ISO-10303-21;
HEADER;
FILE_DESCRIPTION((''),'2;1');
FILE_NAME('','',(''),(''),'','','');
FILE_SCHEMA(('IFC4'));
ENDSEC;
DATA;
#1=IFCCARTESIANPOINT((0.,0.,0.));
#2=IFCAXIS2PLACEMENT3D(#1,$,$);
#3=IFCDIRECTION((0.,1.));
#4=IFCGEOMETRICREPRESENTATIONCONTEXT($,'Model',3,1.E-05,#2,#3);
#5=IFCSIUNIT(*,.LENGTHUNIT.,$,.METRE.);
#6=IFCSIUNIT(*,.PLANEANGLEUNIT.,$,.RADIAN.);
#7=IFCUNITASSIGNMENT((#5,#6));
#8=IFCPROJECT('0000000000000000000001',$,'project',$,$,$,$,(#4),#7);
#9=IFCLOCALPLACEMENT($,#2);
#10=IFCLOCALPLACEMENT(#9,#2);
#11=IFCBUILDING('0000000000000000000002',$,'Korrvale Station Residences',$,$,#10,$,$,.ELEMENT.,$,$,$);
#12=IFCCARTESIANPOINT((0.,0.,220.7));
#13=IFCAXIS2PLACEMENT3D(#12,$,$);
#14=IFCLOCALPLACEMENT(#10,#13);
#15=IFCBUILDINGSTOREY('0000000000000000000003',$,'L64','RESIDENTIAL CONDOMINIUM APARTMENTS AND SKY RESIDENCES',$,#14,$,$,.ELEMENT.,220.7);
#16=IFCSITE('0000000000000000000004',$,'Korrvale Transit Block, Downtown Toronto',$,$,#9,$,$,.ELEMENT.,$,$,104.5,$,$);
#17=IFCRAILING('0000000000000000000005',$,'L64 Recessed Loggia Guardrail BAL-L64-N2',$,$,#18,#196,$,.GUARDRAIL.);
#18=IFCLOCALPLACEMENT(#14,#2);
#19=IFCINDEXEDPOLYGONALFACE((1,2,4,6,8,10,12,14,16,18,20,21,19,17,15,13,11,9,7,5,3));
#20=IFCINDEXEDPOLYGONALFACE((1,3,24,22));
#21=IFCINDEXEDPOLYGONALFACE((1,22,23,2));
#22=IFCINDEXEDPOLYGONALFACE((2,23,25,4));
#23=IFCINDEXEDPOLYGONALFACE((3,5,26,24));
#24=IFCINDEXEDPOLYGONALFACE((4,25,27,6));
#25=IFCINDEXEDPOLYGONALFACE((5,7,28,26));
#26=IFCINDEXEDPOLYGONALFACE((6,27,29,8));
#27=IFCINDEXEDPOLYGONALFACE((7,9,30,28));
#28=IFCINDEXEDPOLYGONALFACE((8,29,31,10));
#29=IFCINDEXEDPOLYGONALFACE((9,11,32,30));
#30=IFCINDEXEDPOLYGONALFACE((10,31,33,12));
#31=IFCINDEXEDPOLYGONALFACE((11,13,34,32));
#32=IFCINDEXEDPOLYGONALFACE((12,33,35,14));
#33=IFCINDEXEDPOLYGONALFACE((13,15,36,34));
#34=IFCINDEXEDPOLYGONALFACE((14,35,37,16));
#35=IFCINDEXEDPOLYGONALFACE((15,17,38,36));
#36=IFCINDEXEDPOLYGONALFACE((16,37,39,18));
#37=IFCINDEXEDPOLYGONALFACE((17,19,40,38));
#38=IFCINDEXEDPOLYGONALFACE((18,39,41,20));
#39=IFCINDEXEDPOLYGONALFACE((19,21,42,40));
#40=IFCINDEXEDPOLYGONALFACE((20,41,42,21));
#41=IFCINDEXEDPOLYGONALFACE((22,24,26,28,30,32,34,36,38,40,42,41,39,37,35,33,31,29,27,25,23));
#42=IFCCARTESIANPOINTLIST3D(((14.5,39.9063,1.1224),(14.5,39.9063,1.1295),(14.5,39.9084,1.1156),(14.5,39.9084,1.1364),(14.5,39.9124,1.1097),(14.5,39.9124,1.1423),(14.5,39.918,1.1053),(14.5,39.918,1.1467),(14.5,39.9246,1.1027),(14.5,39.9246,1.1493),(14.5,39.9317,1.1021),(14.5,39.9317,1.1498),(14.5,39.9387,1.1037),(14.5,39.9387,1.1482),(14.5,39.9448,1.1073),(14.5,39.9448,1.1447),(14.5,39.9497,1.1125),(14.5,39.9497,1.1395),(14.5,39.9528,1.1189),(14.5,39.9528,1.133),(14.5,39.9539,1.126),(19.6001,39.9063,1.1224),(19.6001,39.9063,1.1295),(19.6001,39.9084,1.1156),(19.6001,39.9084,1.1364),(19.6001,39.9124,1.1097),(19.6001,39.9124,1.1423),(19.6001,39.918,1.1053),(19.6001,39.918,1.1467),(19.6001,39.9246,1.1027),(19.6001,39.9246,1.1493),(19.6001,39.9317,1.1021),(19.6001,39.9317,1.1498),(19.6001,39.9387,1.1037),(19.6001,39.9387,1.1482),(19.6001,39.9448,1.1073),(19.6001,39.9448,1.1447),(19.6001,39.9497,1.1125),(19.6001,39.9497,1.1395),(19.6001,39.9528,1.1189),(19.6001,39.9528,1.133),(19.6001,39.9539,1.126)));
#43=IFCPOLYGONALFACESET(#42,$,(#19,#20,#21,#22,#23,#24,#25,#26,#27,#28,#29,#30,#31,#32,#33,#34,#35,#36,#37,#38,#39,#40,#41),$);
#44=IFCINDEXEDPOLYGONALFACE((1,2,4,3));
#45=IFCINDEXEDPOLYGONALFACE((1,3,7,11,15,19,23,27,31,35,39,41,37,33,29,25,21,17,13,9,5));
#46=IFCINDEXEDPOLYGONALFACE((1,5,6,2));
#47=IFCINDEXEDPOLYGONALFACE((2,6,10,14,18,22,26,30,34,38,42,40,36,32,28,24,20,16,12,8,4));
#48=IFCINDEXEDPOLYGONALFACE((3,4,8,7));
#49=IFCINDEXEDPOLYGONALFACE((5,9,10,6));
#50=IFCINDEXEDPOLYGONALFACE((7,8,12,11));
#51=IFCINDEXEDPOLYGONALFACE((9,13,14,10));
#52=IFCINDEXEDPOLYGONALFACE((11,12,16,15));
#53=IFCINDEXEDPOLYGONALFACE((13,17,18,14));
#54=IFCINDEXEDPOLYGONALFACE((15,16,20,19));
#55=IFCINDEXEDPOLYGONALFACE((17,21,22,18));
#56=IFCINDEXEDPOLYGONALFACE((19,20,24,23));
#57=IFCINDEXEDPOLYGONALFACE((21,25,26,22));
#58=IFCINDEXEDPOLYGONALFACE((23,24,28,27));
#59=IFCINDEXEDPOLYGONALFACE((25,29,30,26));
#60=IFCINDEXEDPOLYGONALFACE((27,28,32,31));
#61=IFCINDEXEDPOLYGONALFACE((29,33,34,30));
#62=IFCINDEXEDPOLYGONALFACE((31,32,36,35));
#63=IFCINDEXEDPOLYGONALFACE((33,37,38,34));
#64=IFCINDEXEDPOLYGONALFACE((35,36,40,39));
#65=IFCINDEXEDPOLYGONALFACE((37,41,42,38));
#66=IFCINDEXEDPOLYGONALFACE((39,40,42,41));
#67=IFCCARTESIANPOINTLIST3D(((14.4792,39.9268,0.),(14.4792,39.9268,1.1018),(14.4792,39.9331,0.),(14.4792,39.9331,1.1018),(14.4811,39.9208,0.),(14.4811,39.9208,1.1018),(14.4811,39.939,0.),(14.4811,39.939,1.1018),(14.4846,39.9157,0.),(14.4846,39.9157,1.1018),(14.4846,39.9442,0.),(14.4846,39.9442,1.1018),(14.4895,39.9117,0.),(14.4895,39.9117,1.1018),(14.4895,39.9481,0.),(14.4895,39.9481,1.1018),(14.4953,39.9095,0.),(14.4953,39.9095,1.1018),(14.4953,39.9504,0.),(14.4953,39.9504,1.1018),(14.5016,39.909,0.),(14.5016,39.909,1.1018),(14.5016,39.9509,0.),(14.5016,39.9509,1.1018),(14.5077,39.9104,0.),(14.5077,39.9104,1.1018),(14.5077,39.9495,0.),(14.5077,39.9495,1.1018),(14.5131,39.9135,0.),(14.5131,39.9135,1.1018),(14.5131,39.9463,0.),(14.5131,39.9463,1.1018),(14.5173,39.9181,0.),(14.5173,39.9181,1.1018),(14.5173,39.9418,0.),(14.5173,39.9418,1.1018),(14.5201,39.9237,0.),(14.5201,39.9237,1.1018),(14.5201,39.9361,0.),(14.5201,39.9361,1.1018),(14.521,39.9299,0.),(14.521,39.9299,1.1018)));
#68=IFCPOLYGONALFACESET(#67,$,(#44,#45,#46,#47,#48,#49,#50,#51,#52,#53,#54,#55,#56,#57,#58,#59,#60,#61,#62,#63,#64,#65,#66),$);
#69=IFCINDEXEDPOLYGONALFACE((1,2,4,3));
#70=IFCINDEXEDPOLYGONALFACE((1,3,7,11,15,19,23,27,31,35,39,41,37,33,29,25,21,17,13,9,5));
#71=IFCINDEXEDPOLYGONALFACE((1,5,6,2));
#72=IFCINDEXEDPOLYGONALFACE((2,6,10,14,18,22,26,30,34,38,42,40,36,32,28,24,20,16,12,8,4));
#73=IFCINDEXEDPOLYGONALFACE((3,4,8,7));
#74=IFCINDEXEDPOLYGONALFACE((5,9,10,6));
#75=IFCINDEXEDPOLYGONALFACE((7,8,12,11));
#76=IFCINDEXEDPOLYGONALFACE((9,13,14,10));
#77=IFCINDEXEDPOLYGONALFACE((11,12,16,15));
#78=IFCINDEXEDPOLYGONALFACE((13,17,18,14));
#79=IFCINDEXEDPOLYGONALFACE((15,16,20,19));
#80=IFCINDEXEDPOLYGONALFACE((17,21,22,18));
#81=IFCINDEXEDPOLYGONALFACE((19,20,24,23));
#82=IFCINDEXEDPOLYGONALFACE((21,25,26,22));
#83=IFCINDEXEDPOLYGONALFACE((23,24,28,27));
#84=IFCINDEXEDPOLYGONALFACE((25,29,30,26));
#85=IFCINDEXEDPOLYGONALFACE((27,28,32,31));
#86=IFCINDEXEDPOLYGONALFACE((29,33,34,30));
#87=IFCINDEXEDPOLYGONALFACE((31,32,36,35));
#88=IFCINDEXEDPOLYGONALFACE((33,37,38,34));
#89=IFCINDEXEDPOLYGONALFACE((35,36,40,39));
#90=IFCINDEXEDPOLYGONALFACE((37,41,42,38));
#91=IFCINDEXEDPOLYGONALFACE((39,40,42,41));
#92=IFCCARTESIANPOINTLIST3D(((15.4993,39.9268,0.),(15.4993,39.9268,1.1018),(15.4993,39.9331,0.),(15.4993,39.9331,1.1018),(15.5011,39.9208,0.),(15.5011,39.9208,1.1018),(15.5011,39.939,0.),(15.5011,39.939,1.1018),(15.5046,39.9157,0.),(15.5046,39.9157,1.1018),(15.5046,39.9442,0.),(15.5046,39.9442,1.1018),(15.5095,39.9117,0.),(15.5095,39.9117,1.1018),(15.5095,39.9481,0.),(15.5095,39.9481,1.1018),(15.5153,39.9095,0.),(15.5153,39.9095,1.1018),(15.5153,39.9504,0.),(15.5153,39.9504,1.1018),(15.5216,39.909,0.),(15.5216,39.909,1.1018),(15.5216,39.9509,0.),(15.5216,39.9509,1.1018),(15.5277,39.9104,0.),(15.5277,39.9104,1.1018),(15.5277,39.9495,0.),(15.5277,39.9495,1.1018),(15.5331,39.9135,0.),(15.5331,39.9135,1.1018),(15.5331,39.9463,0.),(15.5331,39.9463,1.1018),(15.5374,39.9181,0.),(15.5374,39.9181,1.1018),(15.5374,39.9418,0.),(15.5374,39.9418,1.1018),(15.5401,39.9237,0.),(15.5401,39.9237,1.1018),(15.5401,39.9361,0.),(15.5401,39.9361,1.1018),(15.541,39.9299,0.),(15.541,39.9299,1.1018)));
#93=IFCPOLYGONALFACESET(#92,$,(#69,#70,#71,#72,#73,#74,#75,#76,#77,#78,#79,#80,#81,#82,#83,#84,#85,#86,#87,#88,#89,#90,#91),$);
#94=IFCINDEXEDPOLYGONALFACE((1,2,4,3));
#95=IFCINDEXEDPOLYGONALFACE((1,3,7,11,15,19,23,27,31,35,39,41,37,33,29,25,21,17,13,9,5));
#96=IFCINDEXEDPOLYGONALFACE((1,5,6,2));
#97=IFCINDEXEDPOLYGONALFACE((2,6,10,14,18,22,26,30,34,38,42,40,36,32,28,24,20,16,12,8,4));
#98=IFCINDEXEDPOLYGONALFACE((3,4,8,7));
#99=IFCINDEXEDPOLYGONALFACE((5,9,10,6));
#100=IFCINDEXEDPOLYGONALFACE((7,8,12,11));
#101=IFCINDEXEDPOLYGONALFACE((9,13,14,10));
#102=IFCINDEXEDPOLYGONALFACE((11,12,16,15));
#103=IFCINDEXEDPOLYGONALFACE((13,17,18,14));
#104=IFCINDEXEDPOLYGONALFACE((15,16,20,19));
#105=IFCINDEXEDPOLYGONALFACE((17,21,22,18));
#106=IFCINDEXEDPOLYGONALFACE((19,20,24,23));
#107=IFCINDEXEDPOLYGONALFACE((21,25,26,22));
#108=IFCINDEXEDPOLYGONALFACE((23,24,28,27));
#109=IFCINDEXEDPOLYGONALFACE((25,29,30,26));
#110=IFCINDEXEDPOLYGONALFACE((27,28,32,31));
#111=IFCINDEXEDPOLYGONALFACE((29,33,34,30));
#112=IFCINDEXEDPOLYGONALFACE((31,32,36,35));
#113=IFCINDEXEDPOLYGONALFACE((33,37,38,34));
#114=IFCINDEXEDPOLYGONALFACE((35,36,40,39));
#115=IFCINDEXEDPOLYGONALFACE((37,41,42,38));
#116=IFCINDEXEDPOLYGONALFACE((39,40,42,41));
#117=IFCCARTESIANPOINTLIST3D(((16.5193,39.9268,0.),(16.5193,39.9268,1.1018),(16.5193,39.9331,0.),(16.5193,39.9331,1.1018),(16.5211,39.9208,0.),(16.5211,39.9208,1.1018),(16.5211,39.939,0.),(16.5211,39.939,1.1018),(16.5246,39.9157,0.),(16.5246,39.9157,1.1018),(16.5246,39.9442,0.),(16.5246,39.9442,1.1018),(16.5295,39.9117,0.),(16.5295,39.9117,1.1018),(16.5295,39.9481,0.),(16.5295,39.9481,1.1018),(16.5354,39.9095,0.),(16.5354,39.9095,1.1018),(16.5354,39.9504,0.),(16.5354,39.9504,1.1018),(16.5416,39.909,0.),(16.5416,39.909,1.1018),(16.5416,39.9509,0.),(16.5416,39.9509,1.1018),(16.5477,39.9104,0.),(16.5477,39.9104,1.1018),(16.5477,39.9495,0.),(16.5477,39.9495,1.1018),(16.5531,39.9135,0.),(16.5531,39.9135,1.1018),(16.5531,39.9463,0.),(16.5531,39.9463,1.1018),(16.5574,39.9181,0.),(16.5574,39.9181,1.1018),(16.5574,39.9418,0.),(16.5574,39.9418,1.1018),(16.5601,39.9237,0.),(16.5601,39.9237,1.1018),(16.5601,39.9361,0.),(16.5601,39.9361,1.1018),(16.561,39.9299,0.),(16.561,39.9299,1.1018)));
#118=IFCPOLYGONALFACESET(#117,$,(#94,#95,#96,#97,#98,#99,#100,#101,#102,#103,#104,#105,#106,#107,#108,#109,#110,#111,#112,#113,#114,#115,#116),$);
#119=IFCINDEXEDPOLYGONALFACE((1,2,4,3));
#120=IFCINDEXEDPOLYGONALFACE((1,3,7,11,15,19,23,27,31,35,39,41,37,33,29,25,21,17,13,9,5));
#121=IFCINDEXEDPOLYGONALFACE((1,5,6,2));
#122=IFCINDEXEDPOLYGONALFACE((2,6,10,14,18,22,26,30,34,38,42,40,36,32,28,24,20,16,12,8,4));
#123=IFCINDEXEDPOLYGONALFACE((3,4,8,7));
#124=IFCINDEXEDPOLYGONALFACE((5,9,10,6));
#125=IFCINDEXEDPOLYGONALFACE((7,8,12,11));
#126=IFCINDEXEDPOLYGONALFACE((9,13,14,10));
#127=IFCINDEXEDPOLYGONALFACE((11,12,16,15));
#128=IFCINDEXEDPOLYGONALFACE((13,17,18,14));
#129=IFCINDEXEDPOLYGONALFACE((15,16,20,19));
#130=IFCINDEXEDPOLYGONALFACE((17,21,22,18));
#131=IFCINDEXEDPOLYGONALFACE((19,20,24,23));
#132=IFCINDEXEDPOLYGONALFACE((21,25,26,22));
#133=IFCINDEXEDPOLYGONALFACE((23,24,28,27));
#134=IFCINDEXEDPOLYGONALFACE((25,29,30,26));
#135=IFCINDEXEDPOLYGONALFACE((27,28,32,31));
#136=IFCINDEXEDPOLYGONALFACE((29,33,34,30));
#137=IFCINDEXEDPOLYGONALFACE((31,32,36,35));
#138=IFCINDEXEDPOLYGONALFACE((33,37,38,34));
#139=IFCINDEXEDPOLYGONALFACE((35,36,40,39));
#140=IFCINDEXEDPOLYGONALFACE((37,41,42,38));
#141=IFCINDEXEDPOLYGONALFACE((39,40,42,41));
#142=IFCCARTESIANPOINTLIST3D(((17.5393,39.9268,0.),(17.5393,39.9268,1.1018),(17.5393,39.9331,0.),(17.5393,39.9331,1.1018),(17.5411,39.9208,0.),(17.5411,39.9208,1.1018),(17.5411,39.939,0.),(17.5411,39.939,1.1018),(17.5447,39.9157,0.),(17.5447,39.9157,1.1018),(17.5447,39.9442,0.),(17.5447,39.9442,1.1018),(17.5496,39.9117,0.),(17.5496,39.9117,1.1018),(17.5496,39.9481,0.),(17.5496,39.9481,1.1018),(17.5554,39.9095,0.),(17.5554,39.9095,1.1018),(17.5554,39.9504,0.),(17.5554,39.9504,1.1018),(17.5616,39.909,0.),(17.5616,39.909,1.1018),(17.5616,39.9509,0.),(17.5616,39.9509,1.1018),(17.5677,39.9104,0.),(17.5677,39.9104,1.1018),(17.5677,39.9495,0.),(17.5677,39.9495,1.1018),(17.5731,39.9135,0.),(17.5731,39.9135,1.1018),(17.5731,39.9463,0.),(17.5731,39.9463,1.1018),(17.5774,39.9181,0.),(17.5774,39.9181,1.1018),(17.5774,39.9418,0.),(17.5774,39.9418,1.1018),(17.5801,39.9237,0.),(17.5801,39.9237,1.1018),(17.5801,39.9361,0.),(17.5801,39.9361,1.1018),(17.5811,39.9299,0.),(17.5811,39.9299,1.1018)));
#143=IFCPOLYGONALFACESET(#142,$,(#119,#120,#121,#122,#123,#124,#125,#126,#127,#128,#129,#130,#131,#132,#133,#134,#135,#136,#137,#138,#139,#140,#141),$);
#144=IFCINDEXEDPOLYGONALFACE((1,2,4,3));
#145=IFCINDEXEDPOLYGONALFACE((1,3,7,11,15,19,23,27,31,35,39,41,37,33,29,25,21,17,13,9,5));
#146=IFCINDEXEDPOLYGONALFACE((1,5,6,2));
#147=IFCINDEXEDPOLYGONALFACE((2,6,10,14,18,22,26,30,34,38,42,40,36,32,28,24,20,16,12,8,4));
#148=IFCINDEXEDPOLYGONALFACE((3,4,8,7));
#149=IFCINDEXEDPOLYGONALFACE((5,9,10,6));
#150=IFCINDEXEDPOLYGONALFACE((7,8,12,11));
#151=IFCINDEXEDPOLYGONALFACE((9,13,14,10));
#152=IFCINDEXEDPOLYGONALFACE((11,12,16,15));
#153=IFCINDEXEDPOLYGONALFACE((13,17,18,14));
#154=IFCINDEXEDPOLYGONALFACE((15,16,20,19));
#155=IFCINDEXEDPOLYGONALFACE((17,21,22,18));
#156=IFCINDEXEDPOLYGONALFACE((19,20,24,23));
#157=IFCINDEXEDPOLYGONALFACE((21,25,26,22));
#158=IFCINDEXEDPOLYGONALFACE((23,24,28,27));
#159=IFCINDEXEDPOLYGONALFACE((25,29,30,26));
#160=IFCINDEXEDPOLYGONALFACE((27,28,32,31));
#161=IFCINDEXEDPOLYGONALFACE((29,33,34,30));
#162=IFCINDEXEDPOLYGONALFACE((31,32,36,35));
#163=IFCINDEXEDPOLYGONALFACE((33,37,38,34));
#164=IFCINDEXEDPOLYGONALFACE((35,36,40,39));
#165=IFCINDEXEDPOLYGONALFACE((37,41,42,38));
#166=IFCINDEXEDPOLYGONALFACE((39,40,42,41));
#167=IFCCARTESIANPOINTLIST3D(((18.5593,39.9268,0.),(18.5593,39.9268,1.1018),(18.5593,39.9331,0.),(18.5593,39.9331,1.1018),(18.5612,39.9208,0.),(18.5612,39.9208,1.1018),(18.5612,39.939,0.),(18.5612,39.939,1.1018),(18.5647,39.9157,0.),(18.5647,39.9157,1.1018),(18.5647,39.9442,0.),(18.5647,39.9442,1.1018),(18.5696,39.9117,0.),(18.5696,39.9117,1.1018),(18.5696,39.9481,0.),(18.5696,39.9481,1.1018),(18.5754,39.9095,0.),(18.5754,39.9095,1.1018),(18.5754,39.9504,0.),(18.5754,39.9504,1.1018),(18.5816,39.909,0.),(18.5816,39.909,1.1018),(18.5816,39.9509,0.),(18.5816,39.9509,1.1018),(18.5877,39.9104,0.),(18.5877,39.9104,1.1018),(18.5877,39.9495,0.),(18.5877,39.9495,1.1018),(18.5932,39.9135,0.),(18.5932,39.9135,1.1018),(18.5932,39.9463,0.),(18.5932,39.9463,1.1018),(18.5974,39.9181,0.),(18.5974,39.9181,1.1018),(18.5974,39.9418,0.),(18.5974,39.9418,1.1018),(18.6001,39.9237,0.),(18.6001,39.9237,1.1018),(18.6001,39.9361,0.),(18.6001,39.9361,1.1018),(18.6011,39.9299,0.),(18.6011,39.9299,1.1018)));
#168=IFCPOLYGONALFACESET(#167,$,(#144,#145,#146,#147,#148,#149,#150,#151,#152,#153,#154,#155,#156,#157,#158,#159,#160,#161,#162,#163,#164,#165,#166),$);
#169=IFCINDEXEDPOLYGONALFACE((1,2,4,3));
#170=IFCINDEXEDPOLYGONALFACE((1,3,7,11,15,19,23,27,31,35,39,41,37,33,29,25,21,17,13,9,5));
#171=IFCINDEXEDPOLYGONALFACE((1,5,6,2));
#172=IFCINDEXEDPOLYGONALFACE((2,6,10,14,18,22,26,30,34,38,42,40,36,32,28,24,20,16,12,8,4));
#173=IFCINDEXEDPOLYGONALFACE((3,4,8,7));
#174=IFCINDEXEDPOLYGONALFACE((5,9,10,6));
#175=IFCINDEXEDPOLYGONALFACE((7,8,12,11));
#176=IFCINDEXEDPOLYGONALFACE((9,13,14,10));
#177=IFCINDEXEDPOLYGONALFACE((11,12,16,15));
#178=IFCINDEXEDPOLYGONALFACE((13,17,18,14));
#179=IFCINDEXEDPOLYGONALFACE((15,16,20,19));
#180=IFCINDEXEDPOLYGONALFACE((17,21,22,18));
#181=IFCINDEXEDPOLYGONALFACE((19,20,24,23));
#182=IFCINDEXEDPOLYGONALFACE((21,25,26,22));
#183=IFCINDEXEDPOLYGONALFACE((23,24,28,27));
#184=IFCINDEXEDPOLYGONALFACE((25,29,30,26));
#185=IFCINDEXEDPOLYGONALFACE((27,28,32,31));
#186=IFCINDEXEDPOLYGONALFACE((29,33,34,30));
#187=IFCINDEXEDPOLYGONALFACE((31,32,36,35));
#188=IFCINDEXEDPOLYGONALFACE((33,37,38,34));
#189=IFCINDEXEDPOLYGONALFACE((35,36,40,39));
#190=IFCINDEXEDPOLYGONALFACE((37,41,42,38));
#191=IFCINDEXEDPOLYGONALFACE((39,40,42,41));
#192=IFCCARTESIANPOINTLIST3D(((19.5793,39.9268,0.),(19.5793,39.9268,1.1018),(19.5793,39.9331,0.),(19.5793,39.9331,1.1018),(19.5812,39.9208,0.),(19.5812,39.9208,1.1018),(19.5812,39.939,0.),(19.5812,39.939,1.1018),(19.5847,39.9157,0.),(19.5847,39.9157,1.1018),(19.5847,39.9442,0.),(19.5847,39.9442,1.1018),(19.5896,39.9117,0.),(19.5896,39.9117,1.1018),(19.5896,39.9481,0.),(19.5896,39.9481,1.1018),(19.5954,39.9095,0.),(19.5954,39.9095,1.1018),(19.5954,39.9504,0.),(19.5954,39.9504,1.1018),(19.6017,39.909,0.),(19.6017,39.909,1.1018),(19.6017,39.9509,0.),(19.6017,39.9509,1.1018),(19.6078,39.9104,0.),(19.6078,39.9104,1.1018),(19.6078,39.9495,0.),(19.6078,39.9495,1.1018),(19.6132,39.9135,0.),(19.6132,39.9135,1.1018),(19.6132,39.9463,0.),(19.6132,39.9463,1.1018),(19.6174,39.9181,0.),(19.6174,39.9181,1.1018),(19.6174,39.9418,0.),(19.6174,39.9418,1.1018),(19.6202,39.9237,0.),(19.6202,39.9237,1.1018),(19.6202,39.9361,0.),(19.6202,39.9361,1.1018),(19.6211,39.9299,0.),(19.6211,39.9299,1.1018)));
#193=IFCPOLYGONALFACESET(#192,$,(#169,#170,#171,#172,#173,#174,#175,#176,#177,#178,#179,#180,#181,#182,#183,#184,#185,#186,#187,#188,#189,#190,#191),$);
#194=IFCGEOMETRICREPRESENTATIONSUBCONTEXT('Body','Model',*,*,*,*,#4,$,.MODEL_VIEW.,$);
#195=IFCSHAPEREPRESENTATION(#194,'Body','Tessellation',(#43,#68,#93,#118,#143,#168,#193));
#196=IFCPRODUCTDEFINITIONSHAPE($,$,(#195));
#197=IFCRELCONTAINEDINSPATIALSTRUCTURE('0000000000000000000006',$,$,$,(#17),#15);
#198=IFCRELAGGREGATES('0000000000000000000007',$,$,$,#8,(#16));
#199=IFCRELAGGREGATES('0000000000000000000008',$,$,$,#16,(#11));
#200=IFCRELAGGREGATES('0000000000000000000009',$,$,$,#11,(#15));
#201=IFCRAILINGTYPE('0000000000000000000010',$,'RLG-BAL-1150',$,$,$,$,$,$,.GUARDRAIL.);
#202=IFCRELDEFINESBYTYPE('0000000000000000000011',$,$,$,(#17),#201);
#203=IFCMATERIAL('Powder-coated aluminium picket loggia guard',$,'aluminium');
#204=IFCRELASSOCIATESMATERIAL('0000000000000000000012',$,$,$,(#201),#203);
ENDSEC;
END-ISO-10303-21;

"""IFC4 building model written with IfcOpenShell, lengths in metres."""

from ifc_helpers import new_model, si_unit, direction, frame, origin, origin_2d, place, context, subcontext, project, spatial, circle, extrude, material, type_object, element, save


model = new_model("IFC4")

# Units and contexts
model_context = context("Model", 3, precision=1e-05, world=origin(), true_north=direction((0.0, 1.0)))
body_context = subcontext(model_context, "Body", "Model", "MODEL_VIEW")
ifc_project = project(units=[si_unit("LENGTHUNIT", "METRE"), si_unit("PLANEANGLEUNIT", "RADIAN")], contexts=[model_context])

# Site, building, storey
site_placement = place(None, origin())
site = spatial("IfcSite", under=ifc_project, at=site_placement, Name="Korrvale Transit Block, Downtown Toronto", CompositionType="ELEMENT", RefElevation=104.5)
building_placement = place(site_placement, origin())
building = spatial("IfcBuilding", under=site, at=building_placement, Name="Korrvale Station Residences", CompositionType="ELEMENT")
storey_placement = place(building_placement, frame((0.0, 0.0, 220.7)))
storey = spatial("IfcBuildingStorey", under=building, at=storey_placement, Name="L64", Description="RESIDENTIAL CONDOMINIUM APARTMENTS AND SKY RESIDENCES", CompositionType="ELEMENT", Elevation=220.7)

# Railing
ifc_material_1 = material(Name="Powder-coated aluminium picket loggia guard", Category="aluminium")
railing_type = type_object("IfcRailingType", Name="RLG-BAL-1150", PredefinedType="GUARDRAIL", material=ifc_material_1)
railing_placement = place(storey_placement, frame((14.5, 39.9299, 0.0)))
element("IfcRailing", 1, at=railing_placement, inside=storey, type_object=railing_type, Name="L64 Recessed Loggia Guardrail BAL-L64-N2", PredefinedType="GUARDRAIL", context=body_context, shape_type="SweptSolid", body=[
    extrude(circle(Radius=0.0239, at=origin_2d()), frame((0.0, 0.0, 1.126), z_axis=(1.0, 0.0, 0.0), x_axis=(0.0, 1.0, 0.0)), (0.0, 0.0, 1.0), 5.1001),
    extrude(circle(Radius=0.021, at=origin_2d()), origin(), (0.0, 0.0, 1.0), 1.1018),
    extrude(circle(Radius=0.021, at=origin_2d()), frame((1.02, 0.0, 0.0)), (0.0, 0.0, 1.0), 1.1018),
    extrude(circle(Radius=0.021, at=origin_2d()), frame((2.04, 0.0, 0.0)), (0.0, 0.0, 1.0), 1.1018),
    extrude(circle(Radius=0.021, at=origin_2d()), frame((3.0601, 0.0, 0.0)), (0.0, 0.0, 1.0), 1.1018),
    extrude(circle(Radius=0.021, at=origin_2d()), frame((4.0801, 0.0, 0.0)), (0.0, 0.0, 1.0), 1.1018),
    extrude(circle(Radius=0.021, at=origin_2d()), frame((5.1001, 0.0, 0.0)), (0.0, 0.0, 1.0), 1.1018),
])

save(model, "model.ifc")
